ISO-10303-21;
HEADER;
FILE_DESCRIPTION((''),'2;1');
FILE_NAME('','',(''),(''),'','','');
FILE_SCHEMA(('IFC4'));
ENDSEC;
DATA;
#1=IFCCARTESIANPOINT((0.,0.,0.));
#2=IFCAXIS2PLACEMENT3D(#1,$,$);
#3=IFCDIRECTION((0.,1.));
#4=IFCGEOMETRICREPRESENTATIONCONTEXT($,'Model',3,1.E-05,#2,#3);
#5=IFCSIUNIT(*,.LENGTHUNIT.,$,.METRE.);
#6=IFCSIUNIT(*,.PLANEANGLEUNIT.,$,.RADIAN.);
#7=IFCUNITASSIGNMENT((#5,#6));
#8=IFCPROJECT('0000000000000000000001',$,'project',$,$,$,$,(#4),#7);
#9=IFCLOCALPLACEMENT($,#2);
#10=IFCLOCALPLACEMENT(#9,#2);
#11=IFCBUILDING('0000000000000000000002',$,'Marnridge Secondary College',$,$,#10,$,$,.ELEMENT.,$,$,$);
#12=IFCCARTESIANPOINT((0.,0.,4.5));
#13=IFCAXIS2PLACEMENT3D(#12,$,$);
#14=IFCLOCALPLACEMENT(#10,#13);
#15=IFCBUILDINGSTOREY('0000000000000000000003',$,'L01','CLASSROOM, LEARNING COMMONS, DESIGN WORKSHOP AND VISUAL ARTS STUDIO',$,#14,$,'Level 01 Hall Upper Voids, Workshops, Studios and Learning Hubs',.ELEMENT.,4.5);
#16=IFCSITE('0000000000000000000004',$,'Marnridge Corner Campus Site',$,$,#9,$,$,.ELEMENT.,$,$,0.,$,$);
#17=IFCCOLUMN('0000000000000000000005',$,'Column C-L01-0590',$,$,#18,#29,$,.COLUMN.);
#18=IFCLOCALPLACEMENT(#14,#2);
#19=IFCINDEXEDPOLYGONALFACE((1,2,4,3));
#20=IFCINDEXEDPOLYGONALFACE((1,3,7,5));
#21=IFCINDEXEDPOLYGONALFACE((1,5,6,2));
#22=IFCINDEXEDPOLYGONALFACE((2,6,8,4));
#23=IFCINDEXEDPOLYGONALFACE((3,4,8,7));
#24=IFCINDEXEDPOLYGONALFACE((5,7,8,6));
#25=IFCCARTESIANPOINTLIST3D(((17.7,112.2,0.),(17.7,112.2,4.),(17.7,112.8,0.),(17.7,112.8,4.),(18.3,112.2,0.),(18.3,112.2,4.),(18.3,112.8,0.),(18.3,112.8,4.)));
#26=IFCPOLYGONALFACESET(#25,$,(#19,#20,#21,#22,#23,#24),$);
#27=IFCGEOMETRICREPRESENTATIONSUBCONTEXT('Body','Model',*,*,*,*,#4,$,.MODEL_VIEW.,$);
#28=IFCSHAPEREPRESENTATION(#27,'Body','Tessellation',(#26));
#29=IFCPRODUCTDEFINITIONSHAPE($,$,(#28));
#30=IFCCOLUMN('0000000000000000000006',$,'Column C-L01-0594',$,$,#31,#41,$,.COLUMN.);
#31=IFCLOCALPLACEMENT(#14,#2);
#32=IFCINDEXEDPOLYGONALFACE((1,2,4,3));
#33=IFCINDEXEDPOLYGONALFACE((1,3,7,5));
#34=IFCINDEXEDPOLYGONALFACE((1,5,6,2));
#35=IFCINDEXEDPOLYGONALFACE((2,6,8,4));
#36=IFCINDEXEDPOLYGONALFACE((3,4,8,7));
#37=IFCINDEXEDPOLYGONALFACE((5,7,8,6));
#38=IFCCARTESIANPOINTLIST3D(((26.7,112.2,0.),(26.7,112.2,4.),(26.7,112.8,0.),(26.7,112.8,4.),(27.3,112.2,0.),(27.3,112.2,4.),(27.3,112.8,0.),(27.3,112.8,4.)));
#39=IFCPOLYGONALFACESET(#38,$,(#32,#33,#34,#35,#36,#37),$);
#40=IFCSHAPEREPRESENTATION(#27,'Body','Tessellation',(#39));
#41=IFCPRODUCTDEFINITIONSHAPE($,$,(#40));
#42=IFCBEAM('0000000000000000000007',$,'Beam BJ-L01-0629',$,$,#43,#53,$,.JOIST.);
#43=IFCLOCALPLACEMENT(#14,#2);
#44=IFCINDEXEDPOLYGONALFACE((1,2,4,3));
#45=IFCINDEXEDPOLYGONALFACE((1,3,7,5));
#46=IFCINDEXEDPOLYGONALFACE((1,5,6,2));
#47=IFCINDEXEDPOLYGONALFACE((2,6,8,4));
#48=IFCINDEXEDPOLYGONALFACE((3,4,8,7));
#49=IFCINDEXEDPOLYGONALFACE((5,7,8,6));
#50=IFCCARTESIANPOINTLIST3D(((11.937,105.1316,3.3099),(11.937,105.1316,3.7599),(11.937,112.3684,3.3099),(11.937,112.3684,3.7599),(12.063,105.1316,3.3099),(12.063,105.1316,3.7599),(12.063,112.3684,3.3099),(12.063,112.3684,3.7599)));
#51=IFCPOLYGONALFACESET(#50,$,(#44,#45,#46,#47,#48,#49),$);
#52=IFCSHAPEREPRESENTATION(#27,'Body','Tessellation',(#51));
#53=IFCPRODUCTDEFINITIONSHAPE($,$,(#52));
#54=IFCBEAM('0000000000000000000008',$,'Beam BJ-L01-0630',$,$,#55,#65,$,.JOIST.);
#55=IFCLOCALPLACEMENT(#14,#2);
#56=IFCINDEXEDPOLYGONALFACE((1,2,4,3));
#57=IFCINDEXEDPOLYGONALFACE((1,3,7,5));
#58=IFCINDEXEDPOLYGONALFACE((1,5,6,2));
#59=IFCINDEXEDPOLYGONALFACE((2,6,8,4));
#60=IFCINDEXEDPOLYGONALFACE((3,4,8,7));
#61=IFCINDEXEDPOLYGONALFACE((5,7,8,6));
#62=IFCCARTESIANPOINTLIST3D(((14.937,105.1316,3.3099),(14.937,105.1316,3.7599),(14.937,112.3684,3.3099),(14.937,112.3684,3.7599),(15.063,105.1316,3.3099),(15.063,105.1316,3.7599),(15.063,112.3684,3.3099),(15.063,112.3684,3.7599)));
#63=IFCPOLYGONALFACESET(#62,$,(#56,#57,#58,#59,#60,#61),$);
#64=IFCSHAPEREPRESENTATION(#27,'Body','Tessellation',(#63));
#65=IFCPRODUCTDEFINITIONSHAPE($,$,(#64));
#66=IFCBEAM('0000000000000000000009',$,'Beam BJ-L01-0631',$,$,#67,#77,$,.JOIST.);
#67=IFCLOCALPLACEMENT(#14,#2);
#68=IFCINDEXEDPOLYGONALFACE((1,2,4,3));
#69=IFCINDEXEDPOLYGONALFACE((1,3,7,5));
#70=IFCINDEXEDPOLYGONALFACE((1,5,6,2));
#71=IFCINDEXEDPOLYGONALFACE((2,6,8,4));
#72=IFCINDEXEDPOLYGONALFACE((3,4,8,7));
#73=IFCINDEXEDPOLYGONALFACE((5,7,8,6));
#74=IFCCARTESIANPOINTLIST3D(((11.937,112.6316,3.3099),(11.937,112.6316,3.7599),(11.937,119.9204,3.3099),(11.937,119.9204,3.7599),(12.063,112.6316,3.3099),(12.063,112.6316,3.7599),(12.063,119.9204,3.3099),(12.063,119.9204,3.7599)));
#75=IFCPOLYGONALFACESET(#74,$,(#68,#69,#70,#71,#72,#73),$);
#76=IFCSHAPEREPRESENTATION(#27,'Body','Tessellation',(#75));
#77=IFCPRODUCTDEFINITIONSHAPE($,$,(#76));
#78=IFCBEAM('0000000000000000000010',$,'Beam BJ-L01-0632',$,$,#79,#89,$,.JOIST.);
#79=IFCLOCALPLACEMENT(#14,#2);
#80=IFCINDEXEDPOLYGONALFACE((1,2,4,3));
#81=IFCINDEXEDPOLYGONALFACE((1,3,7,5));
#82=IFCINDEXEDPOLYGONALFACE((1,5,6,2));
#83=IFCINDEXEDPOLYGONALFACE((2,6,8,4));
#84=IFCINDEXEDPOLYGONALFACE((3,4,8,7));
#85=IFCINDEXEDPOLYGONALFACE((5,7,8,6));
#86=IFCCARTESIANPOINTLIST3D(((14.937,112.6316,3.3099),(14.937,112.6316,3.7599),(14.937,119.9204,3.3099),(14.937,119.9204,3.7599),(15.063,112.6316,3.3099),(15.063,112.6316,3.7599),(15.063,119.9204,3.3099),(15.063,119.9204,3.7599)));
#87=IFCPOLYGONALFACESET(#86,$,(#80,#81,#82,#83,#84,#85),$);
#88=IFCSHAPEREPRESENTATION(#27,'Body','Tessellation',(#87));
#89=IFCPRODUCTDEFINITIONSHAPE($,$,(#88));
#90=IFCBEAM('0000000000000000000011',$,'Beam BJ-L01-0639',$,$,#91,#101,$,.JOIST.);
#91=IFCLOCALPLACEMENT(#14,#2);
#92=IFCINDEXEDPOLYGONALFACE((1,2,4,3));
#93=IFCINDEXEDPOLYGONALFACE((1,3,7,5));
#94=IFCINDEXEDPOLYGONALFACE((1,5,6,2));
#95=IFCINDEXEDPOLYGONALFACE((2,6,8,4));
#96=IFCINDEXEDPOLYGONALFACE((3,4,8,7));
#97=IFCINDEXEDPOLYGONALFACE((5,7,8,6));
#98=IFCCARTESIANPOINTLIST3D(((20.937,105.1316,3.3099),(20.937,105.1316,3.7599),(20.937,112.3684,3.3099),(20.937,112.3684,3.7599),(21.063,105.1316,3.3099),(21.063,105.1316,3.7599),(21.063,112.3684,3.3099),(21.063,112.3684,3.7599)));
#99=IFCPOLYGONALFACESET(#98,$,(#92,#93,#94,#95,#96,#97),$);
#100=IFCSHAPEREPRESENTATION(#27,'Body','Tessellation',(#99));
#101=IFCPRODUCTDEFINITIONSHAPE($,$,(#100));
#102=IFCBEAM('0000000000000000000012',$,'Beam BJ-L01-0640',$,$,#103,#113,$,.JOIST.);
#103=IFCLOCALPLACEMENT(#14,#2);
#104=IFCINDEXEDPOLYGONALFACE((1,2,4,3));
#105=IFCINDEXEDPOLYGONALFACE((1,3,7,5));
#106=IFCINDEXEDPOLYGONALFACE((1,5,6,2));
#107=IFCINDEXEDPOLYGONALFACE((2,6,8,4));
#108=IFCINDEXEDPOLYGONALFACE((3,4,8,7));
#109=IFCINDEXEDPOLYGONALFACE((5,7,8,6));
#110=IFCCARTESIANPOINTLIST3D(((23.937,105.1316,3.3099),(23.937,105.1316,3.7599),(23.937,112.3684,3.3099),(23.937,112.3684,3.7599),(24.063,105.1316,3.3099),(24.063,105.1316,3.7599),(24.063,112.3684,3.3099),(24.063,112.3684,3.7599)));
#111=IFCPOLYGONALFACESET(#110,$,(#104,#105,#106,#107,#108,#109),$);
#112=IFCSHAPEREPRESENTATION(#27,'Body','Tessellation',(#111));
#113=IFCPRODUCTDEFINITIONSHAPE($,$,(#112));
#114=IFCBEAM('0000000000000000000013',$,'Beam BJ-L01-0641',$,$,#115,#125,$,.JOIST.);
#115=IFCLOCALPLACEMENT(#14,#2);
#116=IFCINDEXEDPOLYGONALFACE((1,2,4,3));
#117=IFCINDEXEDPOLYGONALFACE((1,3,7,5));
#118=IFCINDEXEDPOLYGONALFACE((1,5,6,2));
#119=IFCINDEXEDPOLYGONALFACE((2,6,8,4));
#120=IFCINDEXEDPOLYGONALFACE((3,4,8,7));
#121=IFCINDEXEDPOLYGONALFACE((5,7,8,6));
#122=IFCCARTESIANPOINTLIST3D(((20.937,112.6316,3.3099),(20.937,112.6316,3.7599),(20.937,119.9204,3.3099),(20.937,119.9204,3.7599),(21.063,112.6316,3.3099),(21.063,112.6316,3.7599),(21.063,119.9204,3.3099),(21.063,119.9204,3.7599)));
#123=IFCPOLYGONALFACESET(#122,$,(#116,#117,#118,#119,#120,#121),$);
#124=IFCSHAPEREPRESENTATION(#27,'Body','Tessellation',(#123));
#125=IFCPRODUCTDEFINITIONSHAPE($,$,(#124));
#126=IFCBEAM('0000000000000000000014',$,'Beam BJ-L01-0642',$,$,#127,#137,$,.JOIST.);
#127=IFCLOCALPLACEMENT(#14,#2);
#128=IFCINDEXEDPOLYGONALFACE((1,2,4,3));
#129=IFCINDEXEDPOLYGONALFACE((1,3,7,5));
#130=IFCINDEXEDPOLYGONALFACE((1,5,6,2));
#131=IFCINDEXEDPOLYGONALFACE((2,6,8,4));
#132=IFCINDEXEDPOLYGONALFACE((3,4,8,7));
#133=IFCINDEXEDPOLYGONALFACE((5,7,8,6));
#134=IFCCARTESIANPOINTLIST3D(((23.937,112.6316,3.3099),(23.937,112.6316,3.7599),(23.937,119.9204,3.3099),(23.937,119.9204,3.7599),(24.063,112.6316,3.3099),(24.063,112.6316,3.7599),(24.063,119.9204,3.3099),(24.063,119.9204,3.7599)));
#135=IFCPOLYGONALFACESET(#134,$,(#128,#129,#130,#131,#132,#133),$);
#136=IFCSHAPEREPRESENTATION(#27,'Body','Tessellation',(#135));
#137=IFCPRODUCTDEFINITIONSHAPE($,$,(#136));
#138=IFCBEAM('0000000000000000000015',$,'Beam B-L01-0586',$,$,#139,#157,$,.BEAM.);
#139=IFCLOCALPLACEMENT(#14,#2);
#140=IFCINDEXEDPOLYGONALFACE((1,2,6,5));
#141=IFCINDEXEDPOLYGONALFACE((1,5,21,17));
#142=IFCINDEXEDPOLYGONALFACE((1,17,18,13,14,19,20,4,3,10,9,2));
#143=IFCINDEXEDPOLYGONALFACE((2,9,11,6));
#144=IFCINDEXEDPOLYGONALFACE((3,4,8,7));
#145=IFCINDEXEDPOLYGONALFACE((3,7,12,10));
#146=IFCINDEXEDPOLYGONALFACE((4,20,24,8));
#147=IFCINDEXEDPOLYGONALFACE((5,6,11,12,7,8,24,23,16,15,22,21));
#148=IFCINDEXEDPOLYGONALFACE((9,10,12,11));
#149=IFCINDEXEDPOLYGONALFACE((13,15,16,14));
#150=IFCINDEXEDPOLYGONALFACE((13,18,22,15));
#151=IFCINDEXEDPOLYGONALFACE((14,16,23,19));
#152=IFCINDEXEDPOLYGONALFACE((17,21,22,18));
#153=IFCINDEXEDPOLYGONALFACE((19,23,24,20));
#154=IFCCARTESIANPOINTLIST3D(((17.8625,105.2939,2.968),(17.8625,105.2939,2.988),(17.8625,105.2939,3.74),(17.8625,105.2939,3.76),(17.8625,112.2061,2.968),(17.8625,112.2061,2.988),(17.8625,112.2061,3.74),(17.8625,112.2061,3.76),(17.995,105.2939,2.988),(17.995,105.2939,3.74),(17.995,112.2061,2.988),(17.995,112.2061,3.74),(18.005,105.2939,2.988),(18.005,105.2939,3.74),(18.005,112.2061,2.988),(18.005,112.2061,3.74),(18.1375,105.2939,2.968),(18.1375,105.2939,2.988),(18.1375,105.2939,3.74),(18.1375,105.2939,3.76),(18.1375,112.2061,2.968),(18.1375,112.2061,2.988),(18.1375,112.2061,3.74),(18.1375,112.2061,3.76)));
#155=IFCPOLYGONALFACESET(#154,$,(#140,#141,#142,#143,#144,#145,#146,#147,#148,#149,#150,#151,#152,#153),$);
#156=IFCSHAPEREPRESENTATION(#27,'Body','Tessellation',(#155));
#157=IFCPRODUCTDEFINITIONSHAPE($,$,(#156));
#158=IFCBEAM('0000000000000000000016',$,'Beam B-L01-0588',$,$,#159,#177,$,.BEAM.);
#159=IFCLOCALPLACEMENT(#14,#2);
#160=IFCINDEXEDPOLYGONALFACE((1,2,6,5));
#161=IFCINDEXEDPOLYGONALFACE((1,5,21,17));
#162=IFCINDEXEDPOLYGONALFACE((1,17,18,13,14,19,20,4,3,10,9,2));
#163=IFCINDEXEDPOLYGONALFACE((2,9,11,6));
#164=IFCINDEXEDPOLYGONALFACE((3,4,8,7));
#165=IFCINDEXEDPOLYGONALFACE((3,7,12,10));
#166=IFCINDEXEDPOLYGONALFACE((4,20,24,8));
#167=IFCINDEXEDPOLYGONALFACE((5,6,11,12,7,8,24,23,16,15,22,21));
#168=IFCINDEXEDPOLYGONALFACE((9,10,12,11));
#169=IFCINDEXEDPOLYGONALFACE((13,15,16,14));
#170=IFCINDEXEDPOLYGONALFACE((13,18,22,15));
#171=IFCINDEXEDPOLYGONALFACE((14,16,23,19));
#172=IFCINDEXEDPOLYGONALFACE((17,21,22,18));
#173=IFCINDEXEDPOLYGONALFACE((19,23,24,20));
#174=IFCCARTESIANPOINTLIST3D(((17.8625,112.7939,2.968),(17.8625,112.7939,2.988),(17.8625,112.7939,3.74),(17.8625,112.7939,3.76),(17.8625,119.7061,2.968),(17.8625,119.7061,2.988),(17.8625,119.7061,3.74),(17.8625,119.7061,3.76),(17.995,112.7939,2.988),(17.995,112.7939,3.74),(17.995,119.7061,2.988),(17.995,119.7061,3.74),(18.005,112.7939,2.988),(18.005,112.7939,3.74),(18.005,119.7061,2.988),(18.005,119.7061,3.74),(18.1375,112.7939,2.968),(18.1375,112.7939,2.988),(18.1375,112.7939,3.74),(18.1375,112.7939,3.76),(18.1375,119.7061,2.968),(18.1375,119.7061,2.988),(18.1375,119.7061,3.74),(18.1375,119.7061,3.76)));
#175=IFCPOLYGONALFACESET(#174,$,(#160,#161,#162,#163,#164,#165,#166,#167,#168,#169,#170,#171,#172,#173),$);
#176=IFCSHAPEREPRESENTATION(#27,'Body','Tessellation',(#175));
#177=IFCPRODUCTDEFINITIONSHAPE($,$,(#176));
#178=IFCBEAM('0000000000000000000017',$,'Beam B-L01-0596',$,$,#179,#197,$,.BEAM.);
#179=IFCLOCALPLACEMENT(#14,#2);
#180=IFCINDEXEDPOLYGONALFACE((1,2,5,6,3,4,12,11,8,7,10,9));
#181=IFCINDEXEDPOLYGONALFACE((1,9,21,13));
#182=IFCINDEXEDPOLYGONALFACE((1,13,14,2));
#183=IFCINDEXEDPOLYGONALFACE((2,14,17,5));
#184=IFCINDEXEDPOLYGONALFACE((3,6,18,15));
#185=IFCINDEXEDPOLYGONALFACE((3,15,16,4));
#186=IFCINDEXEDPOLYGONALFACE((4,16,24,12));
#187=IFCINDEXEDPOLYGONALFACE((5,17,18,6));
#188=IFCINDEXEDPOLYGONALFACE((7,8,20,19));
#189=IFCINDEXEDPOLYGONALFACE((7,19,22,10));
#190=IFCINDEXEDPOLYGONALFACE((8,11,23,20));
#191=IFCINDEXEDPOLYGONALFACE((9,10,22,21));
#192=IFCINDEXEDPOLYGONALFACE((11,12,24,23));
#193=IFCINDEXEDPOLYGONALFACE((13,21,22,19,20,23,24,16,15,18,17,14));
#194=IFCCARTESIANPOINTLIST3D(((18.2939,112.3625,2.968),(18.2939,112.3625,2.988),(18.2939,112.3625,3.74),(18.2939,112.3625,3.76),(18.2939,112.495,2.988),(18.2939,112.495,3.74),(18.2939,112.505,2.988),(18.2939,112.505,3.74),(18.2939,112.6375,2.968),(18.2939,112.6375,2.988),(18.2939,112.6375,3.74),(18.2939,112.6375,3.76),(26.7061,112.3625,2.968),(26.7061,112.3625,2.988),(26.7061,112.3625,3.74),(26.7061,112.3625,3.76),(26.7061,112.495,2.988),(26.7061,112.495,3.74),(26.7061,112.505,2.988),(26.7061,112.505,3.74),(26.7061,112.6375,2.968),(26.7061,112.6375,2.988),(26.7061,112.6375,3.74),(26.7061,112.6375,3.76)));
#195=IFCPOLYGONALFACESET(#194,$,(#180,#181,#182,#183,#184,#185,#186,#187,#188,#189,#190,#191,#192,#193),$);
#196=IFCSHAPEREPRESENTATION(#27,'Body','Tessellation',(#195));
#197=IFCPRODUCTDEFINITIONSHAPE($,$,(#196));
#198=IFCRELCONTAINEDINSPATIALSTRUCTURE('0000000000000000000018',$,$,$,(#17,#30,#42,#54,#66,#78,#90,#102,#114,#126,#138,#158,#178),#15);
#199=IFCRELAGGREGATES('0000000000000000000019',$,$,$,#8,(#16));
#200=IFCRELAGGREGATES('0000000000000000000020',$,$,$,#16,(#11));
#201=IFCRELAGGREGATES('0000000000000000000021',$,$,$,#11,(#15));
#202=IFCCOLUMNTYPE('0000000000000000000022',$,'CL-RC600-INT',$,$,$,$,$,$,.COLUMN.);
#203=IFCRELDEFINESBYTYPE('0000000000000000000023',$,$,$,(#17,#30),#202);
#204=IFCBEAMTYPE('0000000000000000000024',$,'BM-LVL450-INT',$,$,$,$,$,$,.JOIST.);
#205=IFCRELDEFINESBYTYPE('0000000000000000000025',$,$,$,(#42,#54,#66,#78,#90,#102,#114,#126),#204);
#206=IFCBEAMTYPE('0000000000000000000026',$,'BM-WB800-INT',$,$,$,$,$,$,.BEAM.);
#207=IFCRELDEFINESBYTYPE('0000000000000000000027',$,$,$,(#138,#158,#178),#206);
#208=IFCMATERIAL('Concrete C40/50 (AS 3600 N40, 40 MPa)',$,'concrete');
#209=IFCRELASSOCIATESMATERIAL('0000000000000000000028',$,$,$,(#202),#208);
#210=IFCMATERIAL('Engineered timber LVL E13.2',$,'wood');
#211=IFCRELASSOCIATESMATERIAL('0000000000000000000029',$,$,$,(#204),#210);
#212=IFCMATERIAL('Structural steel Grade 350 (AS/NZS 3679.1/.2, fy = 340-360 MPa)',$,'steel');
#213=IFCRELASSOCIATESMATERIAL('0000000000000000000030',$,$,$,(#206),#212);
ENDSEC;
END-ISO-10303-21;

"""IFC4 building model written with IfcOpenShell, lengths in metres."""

from ifc_helpers import new_model, si_unit, direction, frame, origin, origin_2d, place, context, subcontext, project, spatial, rectangle, i_section, extrude, material, material_profile, profile_set, type_object, element, save


model = new_model("IFC4")

# Units and contexts
model_context = context("Model", 3, precision=1e-05, world=origin(), true_north=direction((0.0, 1.0)))
body_context = subcontext(model_context, "Body", "Model", "MODEL_VIEW")
ifc_project = project(units=[si_unit("LENGTHUNIT", "METRE"), si_unit("PLANEANGLEUNIT", "RADIAN")], contexts=[model_context])

# Site, building, storey
site_placement = place(None, origin())
site = spatial("IfcSite", under=ifc_project, at=site_placement, Name="Marnridge Corner Campus Site", CompositionType="ELEMENT", RefElevation=0.0)
building_placement = place(site_placement, origin())
building = spatial("IfcBuilding", under=site, at=building_placement, Name="Marnridge Secondary College", CompositionType="ELEMENT")
storey_placement = place(building_placement, frame((0.0, 0.0, 4.5)))
storey = spatial("IfcBuildingStorey", under=building, at=storey_placement, Name="L01", Description="CLASSROOM, LEARNING COMMONS, DESIGN WORKSHOP AND VISUAL ARTS STUDIO", LongName="Level 01 Hall Upper Voids, Workshops, Studios and Learning Hubs", CompositionType="ELEMENT", Elevation=4.5)

# Columns
ifc_material_1 = material(Name="Concrete C40/50 (AS 3600 N40, 40 MPa)", Category="concrete")
ifc_material_profile_1 = material_profile(ifc_material_1, rectangle(XDim=0.6001, YDim=0.6001, at=origin_2d()), Name="RC 600x600")
ifc_profile_set_1 = profile_set([ifc_material_profile_1], Name="Concrete C40/50 (AS 3600 N40, 40 MPa)")
column_type = type_object("IfcColumnType", Name="CL-RC600-INT", PredefinedType="COLUMN", material=ifc_profile_set_1)
for number, where, z_axis, x_axis, name in (
    (1, (18.0, 112.5, 0.0), (0.0, 0.0, 1.0), (1.0, 0.0, 0.0), "Column C-L01-0590"),
    (2, (27.0, 112.5, 0.0), (0.0, 0.0, 1.0), (1.0, 0.0, 0.0), "Column C-L01-0594"),
):
    element("IfcColumn", number, at=place(storey_placement, frame(where, z_axis=z_axis, x_axis=x_axis)), inside=storey, type_object=column_type, Name=name, PredefinedType="COLUMN", context=body_context, shape_type="SweptSolid", body=[
        extrude(rectangle(XDim=0.6001, YDim=0.6001, at=origin_2d()), origin(), (0.0, 0.0, 1.0), 4.0),
    ])

# Beams
ifc_material_2 = material(Name="Engineered timber LVL E13.2", Category="wood")
ifc_material_profile_2 = material_profile(ifc_material_2, rectangle(XDim=0.126, YDim=0.45, at=origin_2d()), Name="LVL 126x450")
ifc_profile_set_2 = profile_set([ifc_material_profile_2], Name="Engineered timber LVL E13.2")
beam_type_1 = type_object("IfcBeamType", Name="BM-LVL450-INT", PredefinedType="JOIST", material=ifc_profile_set_2)
for number, where, z_axis, x_axis, name in (
    (3, (12.0, 105.1316, 3.5349), (0.0, 1.0, 0.0), (-1.0, 0.0, 0.0), "Beam BJ-L01-0629"),
    (4, (15.0, 105.1316, 3.5349), (0.0, 1.0, 0.0), (-1.0, 0.0, 0.0), "Beam BJ-L01-0630"),
):
    element("IfcBeam", number, at=place(storey_placement, frame(where, z_axis=z_axis, x_axis=x_axis)), inside=storey, type_object=beam_type_1, Name=name, PredefinedType="JOIST", context=body_context, shape_type="SweptSolid", body=[
        extrude(rectangle(XDim=0.126, YDim=0.45, at=origin_2d()), origin(), (0.0, 0.0, 1.0), 7.2368),
    ])
for number, where, z_axis, x_axis, name in (
    (5, (12.0, 112.6316, 3.5349), (0.0, 1.0, 0.0), (-1.0, 0.0, 0.0), "Beam BJ-L01-0631"),
    (6, (15.0, 112.6316, 3.5349), (0.0, 1.0, 0.0), (-1.0, 0.0, 0.0), "Beam BJ-L01-0632"),
):
    element("IfcBeam", number, at=place(storey_placement, frame(where, z_axis=z_axis, x_axis=x_axis)), inside=storey, type_object=beam_type_1, Name=name, PredefinedType="JOIST", context=body_context, shape_type="SweptSolid", body=[
        extrude(rectangle(XDim=0.126, YDim=0.45, at=origin_2d()), origin(), (0.0, 0.0, 1.0), 7.2888),
    ])
for number, where, z_axis, x_axis, name in (
    (7, (21.0, 105.1316, 3.5349), (0.0, 1.0, 0.0), (-1.0, 0.0, 0.0), "Beam BJ-L01-0639"),
    (8, (24.0, 105.1316, 3.5349), (0.0, 1.0, 0.0), (-1.0, 0.0, 0.0), "Beam BJ-L01-0640"),
):
    element("IfcBeam", number, at=place(storey_placement, frame(where, z_axis=z_axis, x_axis=x_axis)), inside=storey, type_object=beam_type_1, Name=name, PredefinedType="JOIST", context=body_context, shape_type="SweptSolid", body=[
        extrude(rectangle(XDim=0.126, YDim=0.45, at=origin_2d()), origin(), (0.0, 0.0, 1.0), 7.2368),
    ])
for number, where, z_axis, x_axis, name in (
    (9, (21.0, 112.6316, 3.5349), (0.0, 1.0, 0.0), (-1.0, 0.0, 0.0), "Beam BJ-L01-0641"),
    (10, (24.0, 112.6316, 3.5349), (0.0, 1.0, 0.0), (-1.0, 0.0, 0.0), "Beam BJ-L01-0642"),
):
    element("IfcBeam", number, at=place(storey_placement, frame(where, z_axis=z_axis, x_axis=x_axis)), inside=storey, type_object=beam_type_1, Name=name, PredefinedType="JOIST", context=body_context, shape_type="SweptSolid", body=[
        extrude(rectangle(XDim=0.126, YDim=0.45, at=origin_2d()), origin(), (0.0, 0.0, 1.0), 7.2888),
    ])
ifc_material_3 = material(Name="Structural steel Grade 350 (AS/NZS 3679.1/.2, fy = 340-360 MPa)", Category="steel")
ifc_material_profile_3 = material_profile(ifc_material_3, i_section(OverallWidth=0.2749, OverallDepth=0.792, WebThickness=0.01, FlangeThickness=0.02, at=origin_2d()), Name="800WB146")
ifc_profile_set_3 = profile_set([ifc_material_profile_3], Name="Structural steel Grade 350 (AS/NZS 3679.1/.2, fy = 340-360 MPa)")
beam_type_2 = type_object("IfcBeamType", Name="BM-WB800-INT", PredefinedType="BEAM", material=ifc_profile_set_3)
for number, where, z_axis, x_axis, name in (
    (11, (18.0, 105.2939, 3.364), (0.0, 1.0, 0.0), (-1.0, 0.0, 0.0), "Beam B-L01-0586"),
    (12, (18.0, 112.7939, 3.364), (0.0, 1.0, 0.0), (-1.0, 0.0, 0.0), "Beam B-L01-0588"),
):
    element("IfcBeam", number, at=place(storey_placement, frame(where, z_axis=z_axis, x_axis=x_axis)), inside=storey, type_object=beam_type_2, Name=name, PredefinedType="BEAM", context=body_context, shape_type="SweptSolid", body=[
        extrude(i_section(OverallWidth=0.2749, OverallDepth=0.792, WebThickness=0.01, FlangeThickness=0.02, at=origin_2d()), origin(), (0.0, 0.0, 1.0), 6.9121),
    ])
beam_1_placement = place(storey_placement, frame((18.2939, 112.5, 3.364), z_axis=(1.0, 0.0, 0.0), x_axis=(0.0, 1.0, 0.0)))
element("IfcBeam", 13, at=beam_1_placement, inside=storey, type_object=beam_type_2, Name="Beam B-L01-0596", PredefinedType="BEAM", context=body_context, shape_type="SweptSolid", body=[
    extrude(i_section(OverallWidth=0.2749, OverallDepth=0.792, WebThickness=0.01, FlangeThickness=0.02, at=origin_2d()), origin(), (0.0, 0.0, 1.0), 8.4121),
])

save(model, "model.ifc")
